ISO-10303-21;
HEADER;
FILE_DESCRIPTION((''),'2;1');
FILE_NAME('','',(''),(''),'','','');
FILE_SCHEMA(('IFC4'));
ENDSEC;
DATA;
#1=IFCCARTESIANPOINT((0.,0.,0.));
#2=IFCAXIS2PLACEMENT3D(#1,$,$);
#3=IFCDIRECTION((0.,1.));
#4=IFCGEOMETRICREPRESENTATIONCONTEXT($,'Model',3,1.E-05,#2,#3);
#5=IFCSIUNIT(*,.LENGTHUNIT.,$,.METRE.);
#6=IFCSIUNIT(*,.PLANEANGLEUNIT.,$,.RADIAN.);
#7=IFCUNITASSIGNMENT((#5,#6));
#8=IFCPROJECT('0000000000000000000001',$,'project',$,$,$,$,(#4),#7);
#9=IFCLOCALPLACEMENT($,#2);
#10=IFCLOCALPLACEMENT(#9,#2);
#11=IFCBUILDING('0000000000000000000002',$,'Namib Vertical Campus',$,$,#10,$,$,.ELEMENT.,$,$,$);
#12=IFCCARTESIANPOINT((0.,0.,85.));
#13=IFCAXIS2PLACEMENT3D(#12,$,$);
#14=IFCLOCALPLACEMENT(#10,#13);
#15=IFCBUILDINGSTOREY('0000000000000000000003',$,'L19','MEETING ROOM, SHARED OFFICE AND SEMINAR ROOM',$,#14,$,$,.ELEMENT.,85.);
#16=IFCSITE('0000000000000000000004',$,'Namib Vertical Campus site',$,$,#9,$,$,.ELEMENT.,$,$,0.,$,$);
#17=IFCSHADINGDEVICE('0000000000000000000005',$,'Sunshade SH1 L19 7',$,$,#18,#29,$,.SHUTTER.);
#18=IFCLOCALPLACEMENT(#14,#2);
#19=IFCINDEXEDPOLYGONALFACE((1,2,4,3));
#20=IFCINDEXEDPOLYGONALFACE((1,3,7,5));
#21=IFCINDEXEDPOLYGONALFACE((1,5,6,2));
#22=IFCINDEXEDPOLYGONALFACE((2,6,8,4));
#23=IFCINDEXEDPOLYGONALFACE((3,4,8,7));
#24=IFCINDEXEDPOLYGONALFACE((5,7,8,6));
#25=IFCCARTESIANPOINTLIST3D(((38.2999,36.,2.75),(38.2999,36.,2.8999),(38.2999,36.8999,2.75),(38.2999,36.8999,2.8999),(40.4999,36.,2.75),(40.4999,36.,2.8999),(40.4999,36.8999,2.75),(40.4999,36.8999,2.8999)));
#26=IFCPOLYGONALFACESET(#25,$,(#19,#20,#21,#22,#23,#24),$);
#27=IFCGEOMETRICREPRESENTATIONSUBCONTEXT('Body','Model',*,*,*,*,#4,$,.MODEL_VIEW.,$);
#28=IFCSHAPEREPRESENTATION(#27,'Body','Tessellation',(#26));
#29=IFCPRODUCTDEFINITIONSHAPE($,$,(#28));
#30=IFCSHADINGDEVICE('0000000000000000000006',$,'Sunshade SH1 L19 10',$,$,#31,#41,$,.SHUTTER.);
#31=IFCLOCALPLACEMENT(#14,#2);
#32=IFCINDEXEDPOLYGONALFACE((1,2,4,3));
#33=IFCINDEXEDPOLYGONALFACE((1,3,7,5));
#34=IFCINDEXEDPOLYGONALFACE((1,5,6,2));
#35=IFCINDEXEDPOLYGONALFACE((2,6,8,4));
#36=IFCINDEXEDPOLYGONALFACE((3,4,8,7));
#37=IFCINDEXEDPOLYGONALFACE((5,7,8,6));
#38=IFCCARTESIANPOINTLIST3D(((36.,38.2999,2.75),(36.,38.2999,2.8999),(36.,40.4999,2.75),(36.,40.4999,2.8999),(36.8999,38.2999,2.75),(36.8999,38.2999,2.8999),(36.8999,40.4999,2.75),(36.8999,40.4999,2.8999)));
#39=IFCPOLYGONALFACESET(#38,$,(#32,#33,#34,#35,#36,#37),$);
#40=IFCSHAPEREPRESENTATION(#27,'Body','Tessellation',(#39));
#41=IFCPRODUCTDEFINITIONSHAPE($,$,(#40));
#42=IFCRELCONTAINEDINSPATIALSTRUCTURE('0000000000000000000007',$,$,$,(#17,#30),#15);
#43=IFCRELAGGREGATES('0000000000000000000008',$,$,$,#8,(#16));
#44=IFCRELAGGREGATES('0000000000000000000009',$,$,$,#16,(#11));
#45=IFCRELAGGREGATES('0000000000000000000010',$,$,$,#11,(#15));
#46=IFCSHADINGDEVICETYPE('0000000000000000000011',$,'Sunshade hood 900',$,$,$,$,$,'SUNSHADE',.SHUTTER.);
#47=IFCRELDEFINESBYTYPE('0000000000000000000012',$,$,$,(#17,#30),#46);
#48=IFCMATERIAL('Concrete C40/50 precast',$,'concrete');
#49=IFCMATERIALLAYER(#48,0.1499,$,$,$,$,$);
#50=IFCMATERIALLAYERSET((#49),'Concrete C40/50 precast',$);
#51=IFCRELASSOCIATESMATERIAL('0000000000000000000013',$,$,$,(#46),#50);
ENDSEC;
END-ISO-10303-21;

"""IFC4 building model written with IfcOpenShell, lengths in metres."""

from ifc_helpers import new_model, si_unit, direction, frame, origin, origin_2d, place, context, subcontext, project, spatial, rectangle, extrude, material, layer, layer_set, type_object, element, save


model = new_model("IFC4")

# Units and contexts
model_context = context("Model", 3, precision=1e-05, world=origin(), true_north=direction((0.0, 1.0)))
body_context = subcontext(model_context, "Body", "Model", "MODEL_VIEW")
ifc_project = project(units=[si_unit("LENGTHUNIT", "METRE"), si_unit("PLANEANGLEUNIT", "RADIAN")], contexts=[model_context])

# Site, building, storey
site_placement = place(None, origin())
site = spatial("IfcSite", under=ifc_project, at=site_placement, Name="Namib Vertical Campus site", CompositionType="ELEMENT", RefElevation=0.0)
building_placement = place(site_placement, origin())
building = spatial("IfcBuilding", under=site, at=building_placement, Name="Namib Vertical Campus", CompositionType="ELEMENT")
storey_placement = place(building_placement, frame((0.0, 0.0, 85.0)))
storey = spatial("IfcBuildingStorey", under=building, at=storey_placement, Name="L19", Description="MEETING ROOM, SHARED OFFICE AND SEMINAR ROOM", CompositionType="ELEMENT", Elevation=85.0)

# Shading devices
ifc_material_1 = material(Name="Concrete C40/50 precast", Category="concrete")
ifc_layer_1 = layer(ifc_material_1, 0.1499)
ifc_layer_set_1 = layer_set([ifc_layer_1], Name="Concrete C40/50 precast")
shading_device_type = type_object("IfcShadingDeviceType", Name="Sunshade hood 900", ElementType="SUNSHADE", PredefinedType="SHUTTER", material=ifc_layer_set_1)
for number, where, z_axis, x_axis, name in (
    (1, (39.3999, 36.45, 2.75), (0.0, 0.0, 1.0), (-1.0, 0.0, 0.0), "Sunshade SH1 L19 7"),
    (2, (36.45, 39.3999, 2.75), (0.0, 0.0, 1.0), (0.0, 1.0, 0.0), "Sunshade SH1 L19 10"),
):
    element("IfcShadingDevice", number, at=place(storey_placement, frame(where, z_axis=z_axis, x_axis=x_axis)), inside=storey, type_object=shading_device_type, Name=name, PredefinedType="SHUTTER", context=body_context, shape_type="SweptSolid", body=[
        extrude(rectangle(XDim=2.2, YDim=0.8999, at=origin_2d()), origin(), (0.0, 0.0, 1.0), 0.1499),
    ])

save(model, "model.ifc")
